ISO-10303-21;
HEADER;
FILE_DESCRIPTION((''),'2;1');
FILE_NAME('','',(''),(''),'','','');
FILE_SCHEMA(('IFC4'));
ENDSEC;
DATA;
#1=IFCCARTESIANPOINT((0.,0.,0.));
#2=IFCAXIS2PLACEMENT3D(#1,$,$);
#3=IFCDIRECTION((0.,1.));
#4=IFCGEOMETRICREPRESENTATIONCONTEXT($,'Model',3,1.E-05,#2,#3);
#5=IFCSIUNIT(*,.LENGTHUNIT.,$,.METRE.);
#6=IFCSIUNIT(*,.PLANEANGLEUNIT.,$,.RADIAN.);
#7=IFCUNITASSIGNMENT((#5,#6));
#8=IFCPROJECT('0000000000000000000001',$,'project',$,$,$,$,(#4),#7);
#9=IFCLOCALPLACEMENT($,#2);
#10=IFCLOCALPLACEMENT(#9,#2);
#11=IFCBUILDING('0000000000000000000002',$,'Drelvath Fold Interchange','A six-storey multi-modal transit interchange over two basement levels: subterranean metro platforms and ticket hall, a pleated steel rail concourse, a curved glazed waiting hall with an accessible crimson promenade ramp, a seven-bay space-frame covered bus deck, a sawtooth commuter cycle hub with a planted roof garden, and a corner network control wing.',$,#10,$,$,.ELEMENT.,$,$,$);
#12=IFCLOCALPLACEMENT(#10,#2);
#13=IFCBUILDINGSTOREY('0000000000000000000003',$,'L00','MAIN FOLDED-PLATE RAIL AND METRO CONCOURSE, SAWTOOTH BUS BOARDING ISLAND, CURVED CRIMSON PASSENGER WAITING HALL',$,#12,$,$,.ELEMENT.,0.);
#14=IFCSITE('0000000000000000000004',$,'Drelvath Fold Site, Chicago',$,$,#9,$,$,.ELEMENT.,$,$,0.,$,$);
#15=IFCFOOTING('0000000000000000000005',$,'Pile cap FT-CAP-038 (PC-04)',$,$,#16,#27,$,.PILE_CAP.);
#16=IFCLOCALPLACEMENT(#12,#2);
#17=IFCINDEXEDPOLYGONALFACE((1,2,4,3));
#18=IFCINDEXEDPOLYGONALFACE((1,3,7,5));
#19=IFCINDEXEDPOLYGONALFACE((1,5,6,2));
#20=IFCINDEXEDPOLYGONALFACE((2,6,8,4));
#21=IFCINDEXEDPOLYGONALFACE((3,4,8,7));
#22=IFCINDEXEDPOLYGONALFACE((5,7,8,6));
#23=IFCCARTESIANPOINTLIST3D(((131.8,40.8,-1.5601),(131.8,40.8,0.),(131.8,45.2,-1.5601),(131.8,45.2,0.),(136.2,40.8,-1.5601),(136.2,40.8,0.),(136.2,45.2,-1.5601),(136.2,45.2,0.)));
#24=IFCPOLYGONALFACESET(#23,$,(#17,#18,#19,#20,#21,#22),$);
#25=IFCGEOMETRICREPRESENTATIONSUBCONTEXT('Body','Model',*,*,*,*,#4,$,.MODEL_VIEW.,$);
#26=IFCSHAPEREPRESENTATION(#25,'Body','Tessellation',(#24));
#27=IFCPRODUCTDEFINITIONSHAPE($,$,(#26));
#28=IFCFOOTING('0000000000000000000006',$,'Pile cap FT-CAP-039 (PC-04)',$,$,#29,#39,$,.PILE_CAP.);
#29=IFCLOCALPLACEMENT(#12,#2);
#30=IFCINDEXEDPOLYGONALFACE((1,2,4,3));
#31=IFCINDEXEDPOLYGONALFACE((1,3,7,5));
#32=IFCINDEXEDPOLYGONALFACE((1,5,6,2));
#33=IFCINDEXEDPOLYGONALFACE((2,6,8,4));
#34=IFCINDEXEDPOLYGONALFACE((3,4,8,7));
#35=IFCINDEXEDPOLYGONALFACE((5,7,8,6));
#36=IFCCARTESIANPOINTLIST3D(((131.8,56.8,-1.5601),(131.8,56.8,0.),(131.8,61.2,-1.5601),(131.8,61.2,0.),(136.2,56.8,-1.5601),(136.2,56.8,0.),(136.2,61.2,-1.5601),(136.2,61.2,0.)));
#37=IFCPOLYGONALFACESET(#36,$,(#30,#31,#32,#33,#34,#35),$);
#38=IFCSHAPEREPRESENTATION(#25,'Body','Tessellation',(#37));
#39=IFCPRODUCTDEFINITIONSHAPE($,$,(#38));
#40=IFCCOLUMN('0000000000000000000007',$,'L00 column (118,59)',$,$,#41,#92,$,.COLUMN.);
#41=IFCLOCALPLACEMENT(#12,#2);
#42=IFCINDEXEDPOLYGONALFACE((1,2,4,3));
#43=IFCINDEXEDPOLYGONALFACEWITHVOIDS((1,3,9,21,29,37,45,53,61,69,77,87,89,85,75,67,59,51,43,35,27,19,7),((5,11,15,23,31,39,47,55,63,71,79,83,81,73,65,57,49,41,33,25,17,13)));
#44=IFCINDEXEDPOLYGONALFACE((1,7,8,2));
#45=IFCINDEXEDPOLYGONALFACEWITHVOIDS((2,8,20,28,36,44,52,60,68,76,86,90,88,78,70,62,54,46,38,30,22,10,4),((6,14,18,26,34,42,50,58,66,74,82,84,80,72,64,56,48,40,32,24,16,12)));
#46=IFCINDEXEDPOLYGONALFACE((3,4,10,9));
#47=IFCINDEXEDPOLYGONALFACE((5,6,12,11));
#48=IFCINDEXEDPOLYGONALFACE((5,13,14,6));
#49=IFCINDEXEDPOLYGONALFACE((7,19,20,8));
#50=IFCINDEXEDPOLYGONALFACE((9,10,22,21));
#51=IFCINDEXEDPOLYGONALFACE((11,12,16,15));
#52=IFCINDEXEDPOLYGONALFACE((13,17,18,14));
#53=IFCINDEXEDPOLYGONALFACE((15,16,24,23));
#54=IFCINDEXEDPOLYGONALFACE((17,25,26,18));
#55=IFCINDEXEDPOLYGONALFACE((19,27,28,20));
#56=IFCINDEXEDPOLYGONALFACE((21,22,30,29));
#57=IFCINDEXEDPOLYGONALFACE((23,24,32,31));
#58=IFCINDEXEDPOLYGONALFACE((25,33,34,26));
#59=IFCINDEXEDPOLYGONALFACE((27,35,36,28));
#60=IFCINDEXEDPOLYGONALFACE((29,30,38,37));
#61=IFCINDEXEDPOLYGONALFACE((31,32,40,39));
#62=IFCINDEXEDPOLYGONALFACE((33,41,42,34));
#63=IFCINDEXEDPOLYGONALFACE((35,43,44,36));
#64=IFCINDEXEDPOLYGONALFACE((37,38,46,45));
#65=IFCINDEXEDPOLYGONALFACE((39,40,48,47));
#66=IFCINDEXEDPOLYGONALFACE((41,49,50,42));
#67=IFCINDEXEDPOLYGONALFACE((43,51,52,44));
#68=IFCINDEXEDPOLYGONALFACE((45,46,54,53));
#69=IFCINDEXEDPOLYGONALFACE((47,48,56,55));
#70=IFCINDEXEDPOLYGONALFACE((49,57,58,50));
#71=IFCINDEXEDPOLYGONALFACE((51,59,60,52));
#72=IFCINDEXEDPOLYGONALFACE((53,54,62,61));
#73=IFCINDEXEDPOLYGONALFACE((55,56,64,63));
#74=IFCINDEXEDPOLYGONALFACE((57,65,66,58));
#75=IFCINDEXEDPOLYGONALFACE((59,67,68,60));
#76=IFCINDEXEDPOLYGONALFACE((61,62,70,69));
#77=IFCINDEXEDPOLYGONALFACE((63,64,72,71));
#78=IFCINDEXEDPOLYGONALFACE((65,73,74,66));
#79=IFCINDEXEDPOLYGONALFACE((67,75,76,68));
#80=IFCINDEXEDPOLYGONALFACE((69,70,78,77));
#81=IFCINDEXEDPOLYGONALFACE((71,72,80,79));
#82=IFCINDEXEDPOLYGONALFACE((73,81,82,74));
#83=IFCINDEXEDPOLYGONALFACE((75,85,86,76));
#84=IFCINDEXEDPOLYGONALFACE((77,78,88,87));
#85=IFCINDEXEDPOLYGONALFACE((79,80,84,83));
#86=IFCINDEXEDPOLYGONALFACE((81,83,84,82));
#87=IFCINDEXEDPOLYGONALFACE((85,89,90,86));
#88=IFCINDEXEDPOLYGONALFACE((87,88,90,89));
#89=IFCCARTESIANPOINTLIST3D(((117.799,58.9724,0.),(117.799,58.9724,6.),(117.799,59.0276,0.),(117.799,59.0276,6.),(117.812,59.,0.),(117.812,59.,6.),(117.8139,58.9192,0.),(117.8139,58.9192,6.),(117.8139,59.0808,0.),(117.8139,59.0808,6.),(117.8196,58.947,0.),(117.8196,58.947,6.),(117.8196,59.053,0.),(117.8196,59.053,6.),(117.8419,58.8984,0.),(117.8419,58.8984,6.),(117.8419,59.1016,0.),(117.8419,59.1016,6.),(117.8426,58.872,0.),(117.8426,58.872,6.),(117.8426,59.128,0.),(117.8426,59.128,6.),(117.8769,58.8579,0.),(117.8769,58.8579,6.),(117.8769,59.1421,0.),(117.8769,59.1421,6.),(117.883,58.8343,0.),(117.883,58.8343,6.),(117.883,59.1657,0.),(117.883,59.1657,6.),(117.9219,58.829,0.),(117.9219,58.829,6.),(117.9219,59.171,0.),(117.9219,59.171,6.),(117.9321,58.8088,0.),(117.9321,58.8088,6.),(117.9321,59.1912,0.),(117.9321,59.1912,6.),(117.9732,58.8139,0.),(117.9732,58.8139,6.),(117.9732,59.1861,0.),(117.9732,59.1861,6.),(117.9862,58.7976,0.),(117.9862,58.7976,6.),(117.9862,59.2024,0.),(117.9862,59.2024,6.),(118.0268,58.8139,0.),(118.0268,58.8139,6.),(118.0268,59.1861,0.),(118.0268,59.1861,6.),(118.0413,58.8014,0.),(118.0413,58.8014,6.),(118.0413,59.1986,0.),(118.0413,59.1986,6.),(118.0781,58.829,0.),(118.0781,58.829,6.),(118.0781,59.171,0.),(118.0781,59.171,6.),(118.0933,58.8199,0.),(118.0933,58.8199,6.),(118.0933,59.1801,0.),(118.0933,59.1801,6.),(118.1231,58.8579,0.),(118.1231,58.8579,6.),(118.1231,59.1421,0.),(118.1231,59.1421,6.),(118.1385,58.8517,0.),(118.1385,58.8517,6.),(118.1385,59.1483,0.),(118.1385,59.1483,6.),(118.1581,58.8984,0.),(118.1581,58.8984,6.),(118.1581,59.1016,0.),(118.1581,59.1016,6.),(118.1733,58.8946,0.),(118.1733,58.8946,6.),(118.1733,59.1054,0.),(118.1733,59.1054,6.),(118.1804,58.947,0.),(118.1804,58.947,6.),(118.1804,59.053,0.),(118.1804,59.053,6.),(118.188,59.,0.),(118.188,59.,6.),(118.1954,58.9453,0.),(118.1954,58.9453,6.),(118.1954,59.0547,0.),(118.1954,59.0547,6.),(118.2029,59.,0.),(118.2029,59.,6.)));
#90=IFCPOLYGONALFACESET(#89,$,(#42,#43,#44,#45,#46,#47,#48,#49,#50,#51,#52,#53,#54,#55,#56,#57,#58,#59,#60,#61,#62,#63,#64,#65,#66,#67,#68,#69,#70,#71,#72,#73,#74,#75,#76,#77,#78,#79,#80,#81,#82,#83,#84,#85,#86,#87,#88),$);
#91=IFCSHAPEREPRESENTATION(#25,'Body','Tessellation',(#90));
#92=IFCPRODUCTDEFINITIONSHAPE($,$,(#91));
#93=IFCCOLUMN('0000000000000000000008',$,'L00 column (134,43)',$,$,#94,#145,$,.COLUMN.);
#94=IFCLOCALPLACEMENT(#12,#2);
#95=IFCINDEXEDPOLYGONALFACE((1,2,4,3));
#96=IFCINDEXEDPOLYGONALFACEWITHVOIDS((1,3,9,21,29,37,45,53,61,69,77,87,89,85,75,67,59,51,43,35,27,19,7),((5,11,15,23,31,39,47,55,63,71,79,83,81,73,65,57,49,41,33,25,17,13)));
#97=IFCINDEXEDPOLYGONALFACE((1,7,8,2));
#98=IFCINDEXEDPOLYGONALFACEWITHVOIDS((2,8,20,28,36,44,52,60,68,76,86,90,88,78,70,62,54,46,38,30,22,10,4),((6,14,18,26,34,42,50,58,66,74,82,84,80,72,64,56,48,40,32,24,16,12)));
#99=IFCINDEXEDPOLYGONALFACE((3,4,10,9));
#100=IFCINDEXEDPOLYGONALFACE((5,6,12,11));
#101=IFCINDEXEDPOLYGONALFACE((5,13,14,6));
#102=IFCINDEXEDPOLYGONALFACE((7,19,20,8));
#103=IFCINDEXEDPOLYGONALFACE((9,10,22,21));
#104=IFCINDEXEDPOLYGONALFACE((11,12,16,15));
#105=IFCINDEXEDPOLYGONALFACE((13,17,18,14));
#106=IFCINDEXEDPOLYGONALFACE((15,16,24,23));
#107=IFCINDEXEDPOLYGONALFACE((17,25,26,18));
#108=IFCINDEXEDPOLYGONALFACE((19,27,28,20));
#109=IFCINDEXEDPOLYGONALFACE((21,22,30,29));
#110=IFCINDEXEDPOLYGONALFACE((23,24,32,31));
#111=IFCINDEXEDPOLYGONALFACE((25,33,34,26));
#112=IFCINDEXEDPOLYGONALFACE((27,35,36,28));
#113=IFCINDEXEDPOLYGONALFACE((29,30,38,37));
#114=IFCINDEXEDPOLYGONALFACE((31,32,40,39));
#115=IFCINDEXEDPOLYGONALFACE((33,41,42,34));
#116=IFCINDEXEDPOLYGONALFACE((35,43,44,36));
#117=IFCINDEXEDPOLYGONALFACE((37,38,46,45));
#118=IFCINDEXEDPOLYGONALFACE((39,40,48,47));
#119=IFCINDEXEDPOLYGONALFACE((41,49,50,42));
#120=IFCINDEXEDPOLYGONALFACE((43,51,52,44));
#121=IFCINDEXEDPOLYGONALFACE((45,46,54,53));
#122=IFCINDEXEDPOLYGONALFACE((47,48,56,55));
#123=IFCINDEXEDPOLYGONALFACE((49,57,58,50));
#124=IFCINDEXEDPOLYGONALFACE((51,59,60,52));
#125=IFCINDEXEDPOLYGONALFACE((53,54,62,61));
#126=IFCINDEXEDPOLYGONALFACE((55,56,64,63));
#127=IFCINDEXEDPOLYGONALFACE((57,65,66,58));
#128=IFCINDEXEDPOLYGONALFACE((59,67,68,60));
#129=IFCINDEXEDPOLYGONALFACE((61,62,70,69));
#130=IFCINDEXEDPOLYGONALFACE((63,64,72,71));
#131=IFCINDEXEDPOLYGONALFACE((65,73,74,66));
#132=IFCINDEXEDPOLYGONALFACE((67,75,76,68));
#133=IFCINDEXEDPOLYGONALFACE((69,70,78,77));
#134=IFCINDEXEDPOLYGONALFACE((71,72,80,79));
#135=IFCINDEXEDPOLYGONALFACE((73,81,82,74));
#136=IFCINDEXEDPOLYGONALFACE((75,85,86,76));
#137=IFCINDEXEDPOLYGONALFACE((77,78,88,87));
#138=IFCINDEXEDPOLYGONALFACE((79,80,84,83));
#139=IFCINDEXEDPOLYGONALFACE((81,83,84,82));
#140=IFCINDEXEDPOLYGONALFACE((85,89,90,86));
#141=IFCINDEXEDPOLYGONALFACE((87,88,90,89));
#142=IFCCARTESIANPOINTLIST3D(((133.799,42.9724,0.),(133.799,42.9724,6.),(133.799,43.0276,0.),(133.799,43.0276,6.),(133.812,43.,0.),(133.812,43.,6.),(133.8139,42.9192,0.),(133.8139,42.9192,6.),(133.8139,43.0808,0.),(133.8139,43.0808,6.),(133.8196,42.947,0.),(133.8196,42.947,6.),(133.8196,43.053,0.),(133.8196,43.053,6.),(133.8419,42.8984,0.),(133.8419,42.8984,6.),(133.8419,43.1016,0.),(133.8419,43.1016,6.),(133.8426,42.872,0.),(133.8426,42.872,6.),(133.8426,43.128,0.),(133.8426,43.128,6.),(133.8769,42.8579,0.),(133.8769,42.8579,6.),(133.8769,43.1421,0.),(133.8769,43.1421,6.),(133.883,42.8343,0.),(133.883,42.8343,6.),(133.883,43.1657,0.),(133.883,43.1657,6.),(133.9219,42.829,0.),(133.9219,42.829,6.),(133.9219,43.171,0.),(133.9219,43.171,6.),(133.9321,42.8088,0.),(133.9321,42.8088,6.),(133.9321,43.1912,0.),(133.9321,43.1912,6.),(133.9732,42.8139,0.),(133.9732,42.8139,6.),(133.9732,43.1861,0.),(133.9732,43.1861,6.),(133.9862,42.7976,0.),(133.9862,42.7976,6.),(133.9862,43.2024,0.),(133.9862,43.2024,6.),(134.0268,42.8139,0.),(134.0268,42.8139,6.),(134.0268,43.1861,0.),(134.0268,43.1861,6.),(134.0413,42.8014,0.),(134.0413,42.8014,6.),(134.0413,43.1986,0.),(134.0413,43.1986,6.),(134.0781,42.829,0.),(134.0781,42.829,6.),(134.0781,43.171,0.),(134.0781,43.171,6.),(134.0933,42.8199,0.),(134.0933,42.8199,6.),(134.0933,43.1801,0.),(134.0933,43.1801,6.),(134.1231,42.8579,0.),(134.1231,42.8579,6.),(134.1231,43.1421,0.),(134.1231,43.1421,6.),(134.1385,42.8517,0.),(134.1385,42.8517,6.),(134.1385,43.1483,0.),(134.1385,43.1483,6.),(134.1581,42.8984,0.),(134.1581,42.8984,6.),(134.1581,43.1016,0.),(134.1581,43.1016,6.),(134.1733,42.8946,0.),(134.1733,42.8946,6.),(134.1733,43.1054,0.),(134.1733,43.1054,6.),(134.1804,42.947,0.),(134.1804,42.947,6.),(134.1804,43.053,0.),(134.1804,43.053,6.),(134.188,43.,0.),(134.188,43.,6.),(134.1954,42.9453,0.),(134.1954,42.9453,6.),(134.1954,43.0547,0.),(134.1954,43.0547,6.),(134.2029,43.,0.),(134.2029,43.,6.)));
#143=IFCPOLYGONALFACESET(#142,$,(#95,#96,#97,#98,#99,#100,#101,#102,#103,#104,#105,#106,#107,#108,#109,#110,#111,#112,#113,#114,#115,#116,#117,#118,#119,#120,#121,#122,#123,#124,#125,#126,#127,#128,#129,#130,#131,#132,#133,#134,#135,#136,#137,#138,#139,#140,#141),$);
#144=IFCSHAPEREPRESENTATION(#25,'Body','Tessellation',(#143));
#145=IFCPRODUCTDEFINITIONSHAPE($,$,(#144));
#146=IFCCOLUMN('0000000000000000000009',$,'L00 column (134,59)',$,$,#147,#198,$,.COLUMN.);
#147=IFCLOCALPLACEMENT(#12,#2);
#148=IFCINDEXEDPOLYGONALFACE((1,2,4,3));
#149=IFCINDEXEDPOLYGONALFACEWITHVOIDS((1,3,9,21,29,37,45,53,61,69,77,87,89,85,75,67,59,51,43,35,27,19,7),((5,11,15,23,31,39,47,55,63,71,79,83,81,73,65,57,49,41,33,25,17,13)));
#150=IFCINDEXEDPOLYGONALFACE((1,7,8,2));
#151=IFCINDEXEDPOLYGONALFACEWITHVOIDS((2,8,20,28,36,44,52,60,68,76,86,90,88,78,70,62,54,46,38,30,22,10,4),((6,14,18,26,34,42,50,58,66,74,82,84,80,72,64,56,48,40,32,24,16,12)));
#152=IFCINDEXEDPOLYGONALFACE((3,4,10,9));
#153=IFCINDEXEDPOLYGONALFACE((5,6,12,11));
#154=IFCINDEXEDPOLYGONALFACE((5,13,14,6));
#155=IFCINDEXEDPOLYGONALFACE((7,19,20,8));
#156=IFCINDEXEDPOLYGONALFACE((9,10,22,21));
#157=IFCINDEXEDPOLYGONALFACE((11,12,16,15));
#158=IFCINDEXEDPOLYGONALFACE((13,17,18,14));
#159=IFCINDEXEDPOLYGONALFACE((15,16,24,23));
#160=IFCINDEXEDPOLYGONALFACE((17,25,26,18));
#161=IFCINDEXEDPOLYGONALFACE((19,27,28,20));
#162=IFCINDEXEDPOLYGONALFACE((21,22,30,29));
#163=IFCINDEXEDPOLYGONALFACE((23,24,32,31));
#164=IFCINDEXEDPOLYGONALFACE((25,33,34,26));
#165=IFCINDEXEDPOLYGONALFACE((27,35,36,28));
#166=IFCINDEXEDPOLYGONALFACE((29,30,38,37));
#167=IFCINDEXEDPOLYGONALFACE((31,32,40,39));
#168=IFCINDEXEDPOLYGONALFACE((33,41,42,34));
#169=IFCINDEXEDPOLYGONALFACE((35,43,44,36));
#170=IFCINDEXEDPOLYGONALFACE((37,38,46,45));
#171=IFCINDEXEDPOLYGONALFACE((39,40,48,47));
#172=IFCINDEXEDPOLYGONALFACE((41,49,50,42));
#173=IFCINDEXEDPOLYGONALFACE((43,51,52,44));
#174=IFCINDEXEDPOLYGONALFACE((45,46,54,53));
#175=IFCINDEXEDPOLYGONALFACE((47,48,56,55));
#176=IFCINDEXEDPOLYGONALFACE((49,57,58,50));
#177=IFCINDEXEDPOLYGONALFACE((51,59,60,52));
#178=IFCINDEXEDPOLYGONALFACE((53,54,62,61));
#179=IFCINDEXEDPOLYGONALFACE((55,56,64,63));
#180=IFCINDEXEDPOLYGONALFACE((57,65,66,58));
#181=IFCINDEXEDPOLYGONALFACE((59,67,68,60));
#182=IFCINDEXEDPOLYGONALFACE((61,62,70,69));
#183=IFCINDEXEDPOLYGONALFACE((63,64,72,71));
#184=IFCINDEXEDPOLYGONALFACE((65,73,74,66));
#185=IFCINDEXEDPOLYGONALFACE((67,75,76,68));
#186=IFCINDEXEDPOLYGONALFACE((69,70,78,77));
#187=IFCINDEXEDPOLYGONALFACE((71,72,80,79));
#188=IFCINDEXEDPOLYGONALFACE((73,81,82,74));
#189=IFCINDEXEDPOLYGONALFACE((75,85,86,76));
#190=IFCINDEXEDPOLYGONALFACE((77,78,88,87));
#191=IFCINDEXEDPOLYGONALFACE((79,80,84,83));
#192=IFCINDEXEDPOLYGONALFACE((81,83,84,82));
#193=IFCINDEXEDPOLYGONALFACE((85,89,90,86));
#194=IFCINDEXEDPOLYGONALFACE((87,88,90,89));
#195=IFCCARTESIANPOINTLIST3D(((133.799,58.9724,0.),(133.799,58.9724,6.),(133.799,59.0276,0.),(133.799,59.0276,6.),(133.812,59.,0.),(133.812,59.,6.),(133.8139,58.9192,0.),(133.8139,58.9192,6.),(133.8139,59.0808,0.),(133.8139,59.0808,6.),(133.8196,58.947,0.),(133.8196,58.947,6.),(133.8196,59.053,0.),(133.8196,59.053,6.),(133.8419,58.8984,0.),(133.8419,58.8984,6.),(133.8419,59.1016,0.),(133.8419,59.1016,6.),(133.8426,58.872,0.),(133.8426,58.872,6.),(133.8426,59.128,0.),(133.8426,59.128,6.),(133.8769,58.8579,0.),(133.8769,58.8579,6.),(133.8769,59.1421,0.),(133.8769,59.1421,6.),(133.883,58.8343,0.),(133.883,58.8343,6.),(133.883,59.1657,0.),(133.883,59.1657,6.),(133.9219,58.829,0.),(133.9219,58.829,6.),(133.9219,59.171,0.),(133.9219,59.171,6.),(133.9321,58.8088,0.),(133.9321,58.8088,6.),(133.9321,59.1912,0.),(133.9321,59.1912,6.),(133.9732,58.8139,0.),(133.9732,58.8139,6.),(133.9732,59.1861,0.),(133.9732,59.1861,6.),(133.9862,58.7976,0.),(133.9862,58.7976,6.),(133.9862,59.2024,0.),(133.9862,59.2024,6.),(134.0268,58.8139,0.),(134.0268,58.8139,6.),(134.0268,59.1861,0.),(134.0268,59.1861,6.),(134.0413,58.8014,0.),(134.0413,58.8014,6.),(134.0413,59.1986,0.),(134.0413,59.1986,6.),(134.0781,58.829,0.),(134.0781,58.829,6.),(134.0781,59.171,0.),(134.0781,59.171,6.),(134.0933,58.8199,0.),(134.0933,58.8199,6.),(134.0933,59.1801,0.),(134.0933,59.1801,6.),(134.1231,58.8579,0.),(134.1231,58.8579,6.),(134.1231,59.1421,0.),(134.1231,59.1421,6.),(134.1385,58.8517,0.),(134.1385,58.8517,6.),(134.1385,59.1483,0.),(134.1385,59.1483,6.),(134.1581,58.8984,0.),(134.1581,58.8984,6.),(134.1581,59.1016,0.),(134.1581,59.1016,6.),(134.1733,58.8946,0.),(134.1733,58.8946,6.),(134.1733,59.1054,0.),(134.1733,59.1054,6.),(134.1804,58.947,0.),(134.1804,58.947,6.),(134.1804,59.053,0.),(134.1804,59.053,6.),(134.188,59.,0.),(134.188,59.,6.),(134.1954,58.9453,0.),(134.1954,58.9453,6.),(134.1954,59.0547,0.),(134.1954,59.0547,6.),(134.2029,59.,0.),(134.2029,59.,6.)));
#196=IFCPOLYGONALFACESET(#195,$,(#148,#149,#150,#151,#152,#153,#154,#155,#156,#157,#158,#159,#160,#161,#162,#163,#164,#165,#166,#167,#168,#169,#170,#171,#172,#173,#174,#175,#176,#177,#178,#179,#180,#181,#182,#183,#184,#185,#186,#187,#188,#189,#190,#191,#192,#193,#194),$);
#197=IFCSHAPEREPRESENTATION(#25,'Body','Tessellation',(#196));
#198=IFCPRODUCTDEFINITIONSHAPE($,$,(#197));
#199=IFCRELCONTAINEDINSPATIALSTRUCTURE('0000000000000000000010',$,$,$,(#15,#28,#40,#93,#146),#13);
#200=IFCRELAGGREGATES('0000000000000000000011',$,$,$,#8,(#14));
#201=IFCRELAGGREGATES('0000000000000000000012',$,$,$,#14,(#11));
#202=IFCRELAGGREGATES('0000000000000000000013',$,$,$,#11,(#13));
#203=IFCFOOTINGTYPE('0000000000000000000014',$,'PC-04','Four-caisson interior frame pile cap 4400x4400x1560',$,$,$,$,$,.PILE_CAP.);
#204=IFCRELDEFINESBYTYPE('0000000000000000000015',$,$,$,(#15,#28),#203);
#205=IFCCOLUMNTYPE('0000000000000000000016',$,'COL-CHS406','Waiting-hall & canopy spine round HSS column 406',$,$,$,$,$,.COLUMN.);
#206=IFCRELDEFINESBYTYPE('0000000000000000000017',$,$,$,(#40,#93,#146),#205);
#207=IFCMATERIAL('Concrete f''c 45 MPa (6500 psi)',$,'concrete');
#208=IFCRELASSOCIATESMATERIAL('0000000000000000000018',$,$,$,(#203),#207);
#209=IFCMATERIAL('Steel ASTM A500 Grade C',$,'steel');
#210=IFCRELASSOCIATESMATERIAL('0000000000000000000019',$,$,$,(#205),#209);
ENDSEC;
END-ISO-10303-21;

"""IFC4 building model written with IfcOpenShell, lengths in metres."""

from ifc_helpers import new_model, si_unit, direction, frame, origin, origin_2d, place, context, subcontext, project, spatial, rectangle, hollow_circle, extrude, material, material_profile, profile_set, type_object, element, save


model = new_model("IFC4")

# Units and contexts
model_context = context("Model", 3, precision=1e-05, world=origin(), true_north=direction((0.0, 1.0)))
body_context = subcontext(model_context, "Body", "Model", "MODEL_VIEW")
ifc_project = project(units=[si_unit("LENGTHUNIT", "METRE"), si_unit("PLANEANGLEUNIT", "RADIAN")], contexts=[model_context])

# Site, building, storey
site_placement = place(None, origin())
site = spatial("IfcSite", under=ifc_project, at=site_placement, Name="Drelvath Fold Site, Chicago", CompositionType="ELEMENT", RefElevation=0.0)
building_placement = place(site_placement, origin())
building = spatial("IfcBuilding", under=site, at=building_placement, Name="Drelvath Fold Interchange", Description="A six-storey multi-modal transit interchange over two basement levels: subterranean metro platforms and ticket hall, a pleated steel rail concourse, a curved glazed waiting hall with an accessible crimson promenade ramp, a seven-bay space-frame covered bus deck, a sawtooth commuter cycle hub with a planted roof garden, and a corner network control wing.", CompositionType="ELEMENT")
storey_placement = place(building_placement, origin())
storey = spatial("IfcBuildingStorey", under=building, at=storey_placement, Name="L00", Description="MAIN FOLDED-PLATE RAIL AND METRO CONCOURSE, SAWTOOTH BUS BOARDING ISLAND, CURVED CRIMSON PASSENGER WAITING HALL", CompositionType="ELEMENT", Elevation=0.0)

# Footings
ifc_material_1 = material(Name="Concrete f'c 45 MPa (6500 psi)", Category="concrete")
footing_type_1 = type_object("IfcFootingType", Name="PC-04", Description="Four-caisson interior frame pile cap 4400x4400x1560", PredefinedType="PILE_CAP", material=ifc_material_1)
for number, where, z_axis, x_axis, name in (
    (1, (134.0, 43.0, -1.5601), (0.0, 0.0, 1.0), (1.0, 0.0, 0.0), "Pile cap FT-CAP-038 (PC-04)"),
    (2, (134.0, 59.0, -1.5601), (0.0, 0.0, 1.0), (1.0, 0.0, 0.0), "Pile cap FT-CAP-039 (PC-04)"),
):
    element("IfcFooting", number, at=place(storey_placement, frame(where, z_axis=z_axis, x_axis=x_axis)), inside=storey, type_object=footing_type_1, Name=name, PredefinedType="PILE_CAP", context=body_context, shape_type="SweptSolid", body=[
        extrude(rectangle(XDim=4.3999, YDim=4.3999, at=origin_2d()), origin(), (0.0, 0.0, 1.0), 1.5601),
    ])

# Columns
ifc_material_2 = material(Name="Steel ASTM A500 Grade C", Category="steel")
ifc_material_profile_1 = material_profile(ifc_material_2, hollow_circle(Radius=0.2029, WallThickness=0.0149, at=origin_2d()), Name="HSS16.000X0.625")
ifc_profile_set_1 = profile_set([ifc_material_profile_1], Name="Steel ASTM A500 Grade C")
column_type = type_object("IfcColumnType", Name="COL-CHS406", Description="Waiting-hall & canopy spine round HSS column 406", PredefinedType="COLUMN", material=ifc_profile_set_1)
for number, where, z_axis, x_axis, name in (
    (3, (118.0, 59.0, 0.0), (0.0, 0.0, 1.0), (1.0, 0.0, 0.0), "L00 column (118,59)"),
    (4, (134.0, 43.0, 0.0), (0.0, 0.0, 1.0), (1.0, 0.0, 0.0), "L00 column (134,43)"),
    (5, (134.0, 59.0, 0.0), (0.0, 0.0, 1.0), (1.0, 0.0, 0.0), "L00 column (134,59)"),
):
    element("IfcColumn", number, at=place(storey_placement, frame(where, z_axis=z_axis, x_axis=x_axis)), inside=storey, type_object=column_type, Name=name, PredefinedType="COLUMN", context=body_context, shape_type="SweptSolid", body=[
        extrude(hollow_circle(Radius=0.2029, WallThickness=0.0149, at=origin_2d()), origin(), (0.0, 0.0, 1.0), 6.0),
    ])

save(model, "model.ifc")
